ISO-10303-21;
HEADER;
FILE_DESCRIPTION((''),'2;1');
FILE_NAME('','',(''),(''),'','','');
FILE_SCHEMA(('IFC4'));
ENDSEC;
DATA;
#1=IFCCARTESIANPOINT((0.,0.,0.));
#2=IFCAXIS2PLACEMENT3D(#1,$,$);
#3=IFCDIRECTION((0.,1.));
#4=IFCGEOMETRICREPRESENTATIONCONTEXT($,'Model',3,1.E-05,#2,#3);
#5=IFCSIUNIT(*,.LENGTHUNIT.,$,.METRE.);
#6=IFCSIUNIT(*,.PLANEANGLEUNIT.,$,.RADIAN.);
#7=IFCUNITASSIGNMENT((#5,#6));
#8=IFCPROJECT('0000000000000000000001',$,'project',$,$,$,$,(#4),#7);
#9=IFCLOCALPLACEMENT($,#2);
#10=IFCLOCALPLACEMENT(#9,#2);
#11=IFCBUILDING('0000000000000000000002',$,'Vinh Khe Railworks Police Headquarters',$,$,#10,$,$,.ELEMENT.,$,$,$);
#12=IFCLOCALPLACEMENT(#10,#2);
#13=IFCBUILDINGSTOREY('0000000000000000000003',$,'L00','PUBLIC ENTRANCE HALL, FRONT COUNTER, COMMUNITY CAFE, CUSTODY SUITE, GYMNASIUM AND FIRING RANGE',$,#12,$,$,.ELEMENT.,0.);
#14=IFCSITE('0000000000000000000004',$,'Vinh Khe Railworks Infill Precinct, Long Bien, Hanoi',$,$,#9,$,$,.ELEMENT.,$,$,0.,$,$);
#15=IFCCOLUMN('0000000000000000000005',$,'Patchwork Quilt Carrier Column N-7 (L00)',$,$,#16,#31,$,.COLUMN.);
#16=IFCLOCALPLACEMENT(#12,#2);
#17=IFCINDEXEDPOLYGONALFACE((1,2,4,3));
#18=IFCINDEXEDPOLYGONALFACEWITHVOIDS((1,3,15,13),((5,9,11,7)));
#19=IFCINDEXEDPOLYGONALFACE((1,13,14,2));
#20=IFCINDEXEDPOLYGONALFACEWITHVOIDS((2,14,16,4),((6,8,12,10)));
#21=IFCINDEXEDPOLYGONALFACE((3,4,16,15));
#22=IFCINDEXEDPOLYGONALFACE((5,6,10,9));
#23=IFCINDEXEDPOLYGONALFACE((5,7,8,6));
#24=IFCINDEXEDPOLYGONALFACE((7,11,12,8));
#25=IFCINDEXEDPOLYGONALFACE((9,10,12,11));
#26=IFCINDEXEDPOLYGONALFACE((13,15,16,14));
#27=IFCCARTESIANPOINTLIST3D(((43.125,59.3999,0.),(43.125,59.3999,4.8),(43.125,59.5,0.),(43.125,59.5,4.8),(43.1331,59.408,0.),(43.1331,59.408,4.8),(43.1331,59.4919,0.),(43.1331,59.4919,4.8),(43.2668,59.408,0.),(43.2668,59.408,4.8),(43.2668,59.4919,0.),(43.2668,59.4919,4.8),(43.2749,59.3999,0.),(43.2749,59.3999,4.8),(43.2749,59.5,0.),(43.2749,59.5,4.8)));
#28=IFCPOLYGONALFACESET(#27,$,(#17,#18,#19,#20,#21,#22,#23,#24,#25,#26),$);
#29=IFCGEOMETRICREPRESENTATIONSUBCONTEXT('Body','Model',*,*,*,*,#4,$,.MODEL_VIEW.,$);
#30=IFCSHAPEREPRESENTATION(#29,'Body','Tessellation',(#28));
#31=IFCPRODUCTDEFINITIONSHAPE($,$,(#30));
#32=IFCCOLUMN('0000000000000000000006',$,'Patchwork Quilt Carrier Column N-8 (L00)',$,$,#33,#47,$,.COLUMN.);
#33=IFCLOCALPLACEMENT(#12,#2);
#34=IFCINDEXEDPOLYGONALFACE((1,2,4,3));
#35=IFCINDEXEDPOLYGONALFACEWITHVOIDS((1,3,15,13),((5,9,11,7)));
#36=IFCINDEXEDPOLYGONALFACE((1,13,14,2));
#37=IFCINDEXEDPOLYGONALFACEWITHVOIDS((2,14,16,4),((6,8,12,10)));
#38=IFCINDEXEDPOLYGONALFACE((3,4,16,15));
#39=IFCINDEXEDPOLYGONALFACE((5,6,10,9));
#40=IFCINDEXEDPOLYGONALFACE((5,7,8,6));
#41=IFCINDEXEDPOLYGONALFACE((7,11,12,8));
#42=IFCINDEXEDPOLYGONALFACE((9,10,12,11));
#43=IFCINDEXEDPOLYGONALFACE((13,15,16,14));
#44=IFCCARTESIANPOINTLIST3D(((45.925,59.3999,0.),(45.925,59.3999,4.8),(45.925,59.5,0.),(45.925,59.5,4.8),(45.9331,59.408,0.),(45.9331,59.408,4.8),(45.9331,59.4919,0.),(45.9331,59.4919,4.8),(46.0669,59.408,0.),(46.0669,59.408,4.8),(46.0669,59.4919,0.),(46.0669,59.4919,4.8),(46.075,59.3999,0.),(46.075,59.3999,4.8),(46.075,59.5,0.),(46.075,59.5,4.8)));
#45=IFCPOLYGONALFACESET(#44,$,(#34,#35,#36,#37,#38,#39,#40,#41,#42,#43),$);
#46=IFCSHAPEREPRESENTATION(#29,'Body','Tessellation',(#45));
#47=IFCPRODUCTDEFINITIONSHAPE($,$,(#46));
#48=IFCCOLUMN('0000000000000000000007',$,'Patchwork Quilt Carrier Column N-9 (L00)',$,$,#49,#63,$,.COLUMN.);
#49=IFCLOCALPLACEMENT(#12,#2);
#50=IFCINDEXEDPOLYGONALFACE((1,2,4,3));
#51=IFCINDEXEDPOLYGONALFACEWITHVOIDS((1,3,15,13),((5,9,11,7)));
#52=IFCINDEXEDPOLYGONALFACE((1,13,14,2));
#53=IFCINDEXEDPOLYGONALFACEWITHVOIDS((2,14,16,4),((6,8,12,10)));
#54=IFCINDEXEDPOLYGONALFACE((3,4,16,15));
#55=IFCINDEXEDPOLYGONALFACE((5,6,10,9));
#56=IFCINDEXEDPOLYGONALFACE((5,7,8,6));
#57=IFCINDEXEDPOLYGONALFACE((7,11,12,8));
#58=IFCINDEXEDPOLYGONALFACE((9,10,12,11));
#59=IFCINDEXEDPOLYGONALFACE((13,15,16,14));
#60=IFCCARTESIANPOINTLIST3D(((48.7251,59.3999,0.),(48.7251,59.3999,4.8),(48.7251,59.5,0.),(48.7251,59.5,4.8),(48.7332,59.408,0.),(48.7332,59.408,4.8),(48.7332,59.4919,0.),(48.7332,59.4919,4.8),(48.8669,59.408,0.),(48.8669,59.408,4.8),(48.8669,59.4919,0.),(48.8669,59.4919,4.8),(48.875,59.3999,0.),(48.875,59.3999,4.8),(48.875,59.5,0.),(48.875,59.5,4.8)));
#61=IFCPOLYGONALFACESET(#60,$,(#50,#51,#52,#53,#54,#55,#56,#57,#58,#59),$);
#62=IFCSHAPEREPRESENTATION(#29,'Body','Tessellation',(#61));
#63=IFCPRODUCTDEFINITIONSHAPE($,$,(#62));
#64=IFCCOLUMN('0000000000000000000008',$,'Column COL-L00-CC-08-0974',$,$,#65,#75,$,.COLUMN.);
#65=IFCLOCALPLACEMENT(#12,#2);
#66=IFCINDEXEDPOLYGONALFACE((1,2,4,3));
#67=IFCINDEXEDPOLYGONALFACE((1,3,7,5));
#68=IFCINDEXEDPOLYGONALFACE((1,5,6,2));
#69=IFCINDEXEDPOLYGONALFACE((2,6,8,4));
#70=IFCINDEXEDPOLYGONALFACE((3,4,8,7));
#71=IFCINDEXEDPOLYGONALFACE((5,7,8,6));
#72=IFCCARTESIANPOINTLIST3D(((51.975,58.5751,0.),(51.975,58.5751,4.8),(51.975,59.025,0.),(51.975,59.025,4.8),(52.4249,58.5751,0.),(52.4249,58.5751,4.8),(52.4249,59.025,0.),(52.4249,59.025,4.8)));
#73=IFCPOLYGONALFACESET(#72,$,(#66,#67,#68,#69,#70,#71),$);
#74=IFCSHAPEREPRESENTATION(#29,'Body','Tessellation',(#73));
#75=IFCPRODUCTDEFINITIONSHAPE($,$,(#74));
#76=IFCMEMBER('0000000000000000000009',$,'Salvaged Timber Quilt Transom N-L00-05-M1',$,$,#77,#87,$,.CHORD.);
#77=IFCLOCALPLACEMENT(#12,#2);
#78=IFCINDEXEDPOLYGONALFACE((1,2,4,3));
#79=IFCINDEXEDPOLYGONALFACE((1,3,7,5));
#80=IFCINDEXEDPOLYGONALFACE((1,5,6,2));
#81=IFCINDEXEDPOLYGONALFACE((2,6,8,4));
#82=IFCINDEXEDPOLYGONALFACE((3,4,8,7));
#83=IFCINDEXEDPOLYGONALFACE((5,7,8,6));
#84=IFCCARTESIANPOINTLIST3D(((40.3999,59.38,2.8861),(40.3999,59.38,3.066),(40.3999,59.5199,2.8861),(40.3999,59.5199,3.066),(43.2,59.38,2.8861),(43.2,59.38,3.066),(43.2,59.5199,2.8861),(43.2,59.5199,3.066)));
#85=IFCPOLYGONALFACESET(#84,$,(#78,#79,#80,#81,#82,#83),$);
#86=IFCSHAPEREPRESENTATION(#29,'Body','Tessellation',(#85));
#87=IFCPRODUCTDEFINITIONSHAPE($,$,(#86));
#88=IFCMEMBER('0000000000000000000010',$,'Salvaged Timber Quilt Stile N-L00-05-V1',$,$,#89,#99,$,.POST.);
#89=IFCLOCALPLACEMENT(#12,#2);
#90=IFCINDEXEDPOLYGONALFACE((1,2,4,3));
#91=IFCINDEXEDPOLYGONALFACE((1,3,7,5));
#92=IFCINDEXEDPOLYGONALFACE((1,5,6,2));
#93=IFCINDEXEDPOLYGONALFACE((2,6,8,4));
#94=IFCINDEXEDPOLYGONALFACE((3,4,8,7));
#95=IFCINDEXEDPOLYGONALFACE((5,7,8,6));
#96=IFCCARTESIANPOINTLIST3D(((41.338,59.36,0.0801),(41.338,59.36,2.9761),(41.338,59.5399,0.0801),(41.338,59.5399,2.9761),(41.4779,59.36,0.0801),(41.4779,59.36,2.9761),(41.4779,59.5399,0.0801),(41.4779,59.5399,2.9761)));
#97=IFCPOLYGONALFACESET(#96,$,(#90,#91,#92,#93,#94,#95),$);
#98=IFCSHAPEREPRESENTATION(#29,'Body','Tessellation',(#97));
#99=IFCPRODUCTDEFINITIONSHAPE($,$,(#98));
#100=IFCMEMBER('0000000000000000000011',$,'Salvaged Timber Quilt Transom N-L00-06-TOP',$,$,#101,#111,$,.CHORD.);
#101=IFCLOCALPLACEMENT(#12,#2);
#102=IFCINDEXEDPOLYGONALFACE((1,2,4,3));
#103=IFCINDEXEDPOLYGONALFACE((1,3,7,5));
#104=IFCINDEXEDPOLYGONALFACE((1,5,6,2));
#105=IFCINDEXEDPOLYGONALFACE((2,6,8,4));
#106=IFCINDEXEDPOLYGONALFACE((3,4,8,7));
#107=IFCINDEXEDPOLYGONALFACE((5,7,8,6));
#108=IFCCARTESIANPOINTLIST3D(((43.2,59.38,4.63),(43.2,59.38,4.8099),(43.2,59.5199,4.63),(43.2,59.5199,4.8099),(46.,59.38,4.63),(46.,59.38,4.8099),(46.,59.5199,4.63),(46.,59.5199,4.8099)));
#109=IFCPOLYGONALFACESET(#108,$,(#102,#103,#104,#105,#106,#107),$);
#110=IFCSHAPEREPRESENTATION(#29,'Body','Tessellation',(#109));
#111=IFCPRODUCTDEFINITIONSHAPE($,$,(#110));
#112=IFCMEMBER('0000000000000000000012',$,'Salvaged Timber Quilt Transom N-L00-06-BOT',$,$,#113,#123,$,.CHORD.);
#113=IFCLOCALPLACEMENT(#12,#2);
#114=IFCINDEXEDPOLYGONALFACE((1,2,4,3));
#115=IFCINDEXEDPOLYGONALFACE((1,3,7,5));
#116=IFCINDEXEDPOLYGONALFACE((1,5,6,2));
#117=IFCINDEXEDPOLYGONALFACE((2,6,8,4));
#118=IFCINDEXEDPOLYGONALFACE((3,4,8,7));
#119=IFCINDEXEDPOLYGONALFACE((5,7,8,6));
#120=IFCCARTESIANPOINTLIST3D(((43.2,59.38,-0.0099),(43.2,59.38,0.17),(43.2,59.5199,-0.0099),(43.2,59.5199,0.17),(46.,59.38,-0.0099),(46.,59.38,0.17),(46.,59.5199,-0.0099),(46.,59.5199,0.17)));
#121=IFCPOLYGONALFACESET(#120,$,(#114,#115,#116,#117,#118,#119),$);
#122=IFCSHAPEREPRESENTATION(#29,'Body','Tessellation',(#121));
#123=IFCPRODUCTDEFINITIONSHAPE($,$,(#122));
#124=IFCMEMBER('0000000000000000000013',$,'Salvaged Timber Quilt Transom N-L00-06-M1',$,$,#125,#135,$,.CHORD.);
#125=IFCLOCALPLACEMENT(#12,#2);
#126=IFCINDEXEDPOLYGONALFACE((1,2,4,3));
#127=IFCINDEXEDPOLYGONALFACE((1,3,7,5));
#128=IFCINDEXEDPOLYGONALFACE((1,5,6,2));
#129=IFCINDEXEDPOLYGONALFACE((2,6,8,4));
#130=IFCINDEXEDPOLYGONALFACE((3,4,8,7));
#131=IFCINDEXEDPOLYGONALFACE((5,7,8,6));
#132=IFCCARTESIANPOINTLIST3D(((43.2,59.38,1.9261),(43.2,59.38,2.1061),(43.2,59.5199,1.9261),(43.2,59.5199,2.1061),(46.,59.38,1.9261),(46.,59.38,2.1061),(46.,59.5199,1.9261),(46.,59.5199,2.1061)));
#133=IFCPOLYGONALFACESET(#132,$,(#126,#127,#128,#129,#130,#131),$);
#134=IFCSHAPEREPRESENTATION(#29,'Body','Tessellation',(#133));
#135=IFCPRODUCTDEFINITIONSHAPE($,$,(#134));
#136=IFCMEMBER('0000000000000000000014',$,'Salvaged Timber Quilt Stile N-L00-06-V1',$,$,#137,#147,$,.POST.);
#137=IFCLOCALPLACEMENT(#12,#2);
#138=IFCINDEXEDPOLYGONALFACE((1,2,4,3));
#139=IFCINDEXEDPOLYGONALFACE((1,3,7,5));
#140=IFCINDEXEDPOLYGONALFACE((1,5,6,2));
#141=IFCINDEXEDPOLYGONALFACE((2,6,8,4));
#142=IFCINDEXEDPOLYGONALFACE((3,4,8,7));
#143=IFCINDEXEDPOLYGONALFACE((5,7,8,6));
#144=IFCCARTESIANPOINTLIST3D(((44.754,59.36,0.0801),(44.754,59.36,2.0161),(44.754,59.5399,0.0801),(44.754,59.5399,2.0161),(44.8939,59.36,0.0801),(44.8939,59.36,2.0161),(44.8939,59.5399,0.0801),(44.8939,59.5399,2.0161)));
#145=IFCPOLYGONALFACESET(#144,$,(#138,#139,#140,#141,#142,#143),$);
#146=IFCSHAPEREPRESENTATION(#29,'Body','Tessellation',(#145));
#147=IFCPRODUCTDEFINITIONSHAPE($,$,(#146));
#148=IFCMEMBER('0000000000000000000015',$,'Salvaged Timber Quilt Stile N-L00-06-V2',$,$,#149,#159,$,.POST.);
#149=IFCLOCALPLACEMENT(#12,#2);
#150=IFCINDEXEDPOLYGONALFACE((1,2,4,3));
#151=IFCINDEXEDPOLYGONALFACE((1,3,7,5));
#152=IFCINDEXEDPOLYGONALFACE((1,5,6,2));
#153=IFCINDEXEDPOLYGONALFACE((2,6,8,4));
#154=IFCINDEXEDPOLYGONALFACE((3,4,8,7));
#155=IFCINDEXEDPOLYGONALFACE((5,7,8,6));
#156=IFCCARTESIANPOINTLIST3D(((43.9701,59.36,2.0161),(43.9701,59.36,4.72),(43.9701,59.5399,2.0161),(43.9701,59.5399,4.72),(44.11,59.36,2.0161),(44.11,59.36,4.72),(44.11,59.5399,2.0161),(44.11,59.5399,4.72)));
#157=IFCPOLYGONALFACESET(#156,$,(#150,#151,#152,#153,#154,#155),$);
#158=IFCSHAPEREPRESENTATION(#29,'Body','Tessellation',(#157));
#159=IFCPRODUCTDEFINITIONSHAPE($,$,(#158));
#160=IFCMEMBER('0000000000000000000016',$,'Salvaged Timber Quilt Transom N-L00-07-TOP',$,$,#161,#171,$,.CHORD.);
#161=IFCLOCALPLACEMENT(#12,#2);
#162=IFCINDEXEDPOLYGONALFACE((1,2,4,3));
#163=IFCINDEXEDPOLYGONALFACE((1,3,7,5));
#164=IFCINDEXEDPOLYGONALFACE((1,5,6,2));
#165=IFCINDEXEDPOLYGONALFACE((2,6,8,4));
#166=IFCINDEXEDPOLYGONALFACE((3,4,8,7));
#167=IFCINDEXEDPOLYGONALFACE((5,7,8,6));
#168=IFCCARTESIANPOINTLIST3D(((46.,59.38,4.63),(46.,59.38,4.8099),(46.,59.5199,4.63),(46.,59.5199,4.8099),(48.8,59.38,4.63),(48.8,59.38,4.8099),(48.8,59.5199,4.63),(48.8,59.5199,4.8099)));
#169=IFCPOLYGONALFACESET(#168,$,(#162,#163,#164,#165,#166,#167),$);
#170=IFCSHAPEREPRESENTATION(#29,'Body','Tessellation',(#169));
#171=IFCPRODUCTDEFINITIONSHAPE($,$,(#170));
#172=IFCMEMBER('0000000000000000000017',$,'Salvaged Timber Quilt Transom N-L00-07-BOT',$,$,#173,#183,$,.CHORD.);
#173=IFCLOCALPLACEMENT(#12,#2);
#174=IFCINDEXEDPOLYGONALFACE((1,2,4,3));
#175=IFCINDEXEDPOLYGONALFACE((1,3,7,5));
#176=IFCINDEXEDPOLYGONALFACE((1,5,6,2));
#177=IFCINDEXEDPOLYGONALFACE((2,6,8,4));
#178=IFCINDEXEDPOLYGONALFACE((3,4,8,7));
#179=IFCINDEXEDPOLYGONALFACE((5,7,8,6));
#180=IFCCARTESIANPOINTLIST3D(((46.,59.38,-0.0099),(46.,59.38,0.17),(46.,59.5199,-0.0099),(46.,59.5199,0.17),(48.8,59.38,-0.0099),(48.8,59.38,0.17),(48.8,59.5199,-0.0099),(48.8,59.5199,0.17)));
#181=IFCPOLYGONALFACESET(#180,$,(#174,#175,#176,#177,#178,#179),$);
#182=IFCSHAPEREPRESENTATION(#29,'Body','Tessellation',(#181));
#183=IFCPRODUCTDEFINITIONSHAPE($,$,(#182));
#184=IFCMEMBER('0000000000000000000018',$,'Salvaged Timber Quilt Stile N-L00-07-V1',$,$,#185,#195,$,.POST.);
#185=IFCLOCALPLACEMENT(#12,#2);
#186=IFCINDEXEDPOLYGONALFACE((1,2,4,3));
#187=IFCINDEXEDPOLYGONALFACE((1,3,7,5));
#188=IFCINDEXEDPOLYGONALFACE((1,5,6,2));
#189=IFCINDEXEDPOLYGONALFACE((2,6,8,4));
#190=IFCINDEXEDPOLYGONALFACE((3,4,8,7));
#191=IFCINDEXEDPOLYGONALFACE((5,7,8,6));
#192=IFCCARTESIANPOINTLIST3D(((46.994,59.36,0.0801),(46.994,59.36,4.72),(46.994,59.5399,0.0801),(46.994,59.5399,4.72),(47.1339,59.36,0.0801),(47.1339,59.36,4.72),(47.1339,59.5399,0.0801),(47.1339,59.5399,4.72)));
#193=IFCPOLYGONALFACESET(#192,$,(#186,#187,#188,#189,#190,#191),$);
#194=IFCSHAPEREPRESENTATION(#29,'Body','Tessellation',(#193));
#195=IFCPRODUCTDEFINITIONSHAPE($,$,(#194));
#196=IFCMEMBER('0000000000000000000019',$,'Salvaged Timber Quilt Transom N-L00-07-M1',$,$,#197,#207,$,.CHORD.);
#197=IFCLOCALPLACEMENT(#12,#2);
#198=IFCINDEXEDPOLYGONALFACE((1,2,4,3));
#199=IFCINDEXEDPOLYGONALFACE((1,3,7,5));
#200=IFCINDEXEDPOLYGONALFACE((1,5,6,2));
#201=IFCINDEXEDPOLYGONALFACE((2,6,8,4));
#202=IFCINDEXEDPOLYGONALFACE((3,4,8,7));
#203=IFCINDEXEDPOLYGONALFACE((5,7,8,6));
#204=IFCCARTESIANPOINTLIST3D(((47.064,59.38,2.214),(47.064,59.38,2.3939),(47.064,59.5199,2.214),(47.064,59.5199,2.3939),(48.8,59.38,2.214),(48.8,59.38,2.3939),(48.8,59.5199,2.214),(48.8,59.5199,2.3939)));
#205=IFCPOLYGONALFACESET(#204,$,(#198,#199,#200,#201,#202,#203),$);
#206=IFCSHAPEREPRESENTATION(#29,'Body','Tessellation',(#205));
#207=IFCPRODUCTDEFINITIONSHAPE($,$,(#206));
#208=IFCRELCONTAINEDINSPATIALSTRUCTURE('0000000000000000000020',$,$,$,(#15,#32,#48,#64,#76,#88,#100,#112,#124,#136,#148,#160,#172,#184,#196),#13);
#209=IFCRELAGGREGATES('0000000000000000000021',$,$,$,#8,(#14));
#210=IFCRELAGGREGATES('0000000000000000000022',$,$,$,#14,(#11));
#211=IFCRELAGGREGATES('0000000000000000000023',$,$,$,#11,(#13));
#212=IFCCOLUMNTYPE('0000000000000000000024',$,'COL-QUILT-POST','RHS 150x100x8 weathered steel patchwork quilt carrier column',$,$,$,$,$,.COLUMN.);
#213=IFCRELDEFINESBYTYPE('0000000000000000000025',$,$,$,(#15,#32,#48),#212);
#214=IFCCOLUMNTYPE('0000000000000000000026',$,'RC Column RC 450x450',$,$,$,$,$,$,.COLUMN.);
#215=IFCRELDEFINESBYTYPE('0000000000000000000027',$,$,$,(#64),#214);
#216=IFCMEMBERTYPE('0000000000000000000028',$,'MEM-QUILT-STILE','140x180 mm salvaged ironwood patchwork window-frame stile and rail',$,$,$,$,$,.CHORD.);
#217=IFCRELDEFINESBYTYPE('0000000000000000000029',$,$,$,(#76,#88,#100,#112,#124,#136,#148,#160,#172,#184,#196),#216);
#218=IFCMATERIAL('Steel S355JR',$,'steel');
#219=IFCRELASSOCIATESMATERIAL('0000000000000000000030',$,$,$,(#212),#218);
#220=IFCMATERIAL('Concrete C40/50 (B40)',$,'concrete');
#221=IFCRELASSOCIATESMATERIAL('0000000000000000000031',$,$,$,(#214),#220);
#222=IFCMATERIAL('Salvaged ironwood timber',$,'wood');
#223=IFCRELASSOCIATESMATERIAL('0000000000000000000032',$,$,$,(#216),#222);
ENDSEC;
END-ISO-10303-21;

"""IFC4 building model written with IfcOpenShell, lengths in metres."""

from ifc_helpers import new_model, si_unit, direction, frame, origin, origin_2d, place, context, subcontext, project, spatial, rectangle, hollow_rectangle, extrude, material, material_profile, profile_set, type_object, element, save


model = new_model("IFC4")

# Units and contexts
model_context = context("Model", 3, precision=1e-05, world=origin(), true_north=direction((0.0, 1.0)))
body_context = subcontext(model_context, "Body", "Model", "MODEL_VIEW")
ifc_project = project(units=[si_unit("LENGTHUNIT", "METRE"), si_unit("PLANEANGLEUNIT", "RADIAN")], contexts=[model_context])

# Site, building, storey
site_placement = place(None, origin())
site = spatial("IfcSite", under=ifc_project, at=site_placement, Name="Vinh Khe Railworks Infill Precinct, Long Bien, Hanoi", CompositionType="ELEMENT", RefElevation=0.0)
building_placement = place(site_placement, origin())
building = spatial("IfcBuilding", under=site, at=building_placement, Name="Vinh Khe Railworks Police Headquarters", CompositionType="ELEMENT")
storey_placement = place(building_placement, origin())
storey = spatial("IfcBuildingStorey", under=building, at=storey_placement, Name="L00", Description="PUBLIC ENTRANCE HALL, FRONT COUNTER, COMMUNITY CAFE, CUSTODY SUITE, GYMNASIUM AND FIRING RANGE", CompositionType="ELEMENT", Elevation=0.0)

# Columns
ifc_material_1 = material(Name="Steel S355JR", Category="steel")
ifc_material_profile_1 = material_profile(ifc_material_1, hollow_rectangle(XDim=0.1499, YDim=0.1001, WallThickness=0.0081, at=origin_2d()), Name="RHS 150x100x8")
ifc_profile_set_1 = profile_set([ifc_material_profile_1], Name="Steel S355JR")
column_type_1 = type_object("IfcColumnType", Name="COL-QUILT-POST", Description="RHS 150x100x8 weathered steel patchwork quilt carrier column", PredefinedType="COLUMN", material=ifc_profile_set_1)
for number, where, z_axis, x_axis, name in (
    (1, (43.2, 59.45, 0.0), (0.0, 0.0, 1.0), (1.0, 0.0, 0.0), "Patchwork Quilt Carrier Column N-7 (L00)"),
    (2, (46.0, 59.45, 0.0), (0.0, 0.0, 1.0), (1.0, 0.0, 0.0), "Patchwork Quilt Carrier Column N-8 (L00)"),
    (3, (48.8, 59.45, 0.0), (0.0, 0.0, 1.0), (1.0, 0.0, 0.0), "Patchwork Quilt Carrier Column N-9 (L00)"),
):
    element("IfcColumn", number, at=place(storey_placement, frame(where, z_axis=z_axis, x_axis=x_axis)), inside=storey, type_object=column_type_1, Name=name, PredefinedType="COLUMN", context=body_context, shape_type="SweptSolid", body=[
        extrude(hollow_rectangle(XDim=0.1499, YDim=0.1001, WallThickness=0.0081, at=origin_2d()), origin(), (0.0, 0.0, 1.0), 4.8),
    ])
ifc_material_2 = material(Name="Concrete C40/50 (B40)", Category="concrete")
ifc_material_profile_2 = material_profile(ifc_material_2, rectangle(XDim=0.45, YDim=0.45, at=origin_2d()), Name="RC 450x450")
ifc_profile_set_2 = profile_set([ifc_material_profile_2], Name="Concrete C40/50 (B40)")
column_type_2 = type_object("IfcColumnType", Name="RC Column RC 450x450", PredefinedType="COLUMN", material=ifc_profile_set_2)
column_placement = place(storey_placement, frame((52.2, 58.8, 0.0), z_axis=(0.0, 0.0, 1.0), x_axis=(1.0, 0.0, 0.0)))
element("IfcColumn", 4, at=column_placement, inside=storey, type_object=column_type_2, Name="Column COL-L00-CC-08-0974", PredefinedType="COLUMN", context=body_context, shape_type="SweptSolid", body=[
    extrude(rectangle(XDim=0.45, YDim=0.45, at=origin_2d()), origin(), (0.0, 0.0, 1.0), 4.8),
])

# Members
ifc_material_3 = material(Name="Salvaged ironwood timber", Category="wood")
ifc_material_profile_3 = material_profile(ifc_material_3, rectangle(XDim=0.1399, YDim=0.1799, at=origin_2d()), Name="TIMBER 140x180")
ifc_profile_set_3 = profile_set([ifc_material_profile_3], Name="Salvaged ironwood timber")
member_type_1 = type_object("IfcMemberType", Name="MEM-QUILT-STILE", Description="140x180 mm salvaged ironwood patchwork window-frame stile and rail", PredefinedType="CHORD", material=ifc_profile_set_3)
member_1_placement = place(storey_placement, frame((40.3999, 59.45, 2.9761), z_axis=(1.0, 0.0, 0.0), x_axis=(0.0, 1.0, 0.0)))
element("IfcMember", 5, at=member_1_placement, inside=storey, type_object=member_type_1, Name="Salvaged Timber Quilt Transom N-L00-05-M1", PredefinedType="CHORD", context=body_context, shape_type="SweptSolid", body=[
    extrude(rectangle(XDim=0.1399, YDim=0.1799, at=origin_2d()), origin(), (0.0, 0.0, 1.0), 2.8),
])
member_2_placement = place(storey_placement, frame((41.408, 59.45, 0.0801), z_axis=(0.0, 0.0, 1.0), x_axis=(1.0, 0.0, 0.0)))
element("IfcMember", 6, at=member_2_placement, inside=storey, type_object=member_type_1, Name="Salvaged Timber Quilt Stile N-L00-05-V1", PredefinedType="POST", context=body_context, shape_type="SweptSolid", body=[
    extrude(rectangle(XDim=0.1399, YDim=0.1799, at=origin_2d()), origin(), (0.0, 0.0, 1.0), 2.896),
])
for number, where, z_axis, x_axis, name in (
    (7, (43.2, 59.45, 4.72), (1.0, 0.0, 0.0), (0.0, 1.0, 0.0), "Salvaged Timber Quilt Transom N-L00-06-TOP"),
    (8, (43.2, 59.45, 0.0801), (1.0, 0.0, 0.0), (0.0, 1.0, 0.0), "Salvaged Timber Quilt Transom N-L00-06-BOT"),
    (9, (43.2, 59.45, 2.0161), (1.0, 0.0, 0.0), (0.0, 1.0, 0.0), "Salvaged Timber Quilt Transom N-L00-06-M1"),
):
    element("IfcMember", number, at=place(storey_placement, frame(where, z_axis=z_axis, x_axis=x_axis)), inside=storey, type_object=member_type_1, Name=name, PredefinedType="CHORD", context=body_context, shape_type="SweptSolid", body=[
        extrude(rectangle(XDim=0.1399, YDim=0.1799, at=origin_2d()), origin(), (0.0, 0.0, 1.0), 2.8),
    ])
member_3_placement = place(storey_placement, frame((44.824, 59.45, 0.0801), z_axis=(0.0, 0.0, 1.0), x_axis=(1.0, 0.0, 0.0)))
element("IfcMember", 10, at=member_3_placement, inside=storey, type_object=member_type_1, Name="Salvaged Timber Quilt Stile N-L00-06-V1", PredefinedType="POST", context=body_context, shape_type="SweptSolid", body=[
    extrude(rectangle(XDim=0.1399, YDim=0.1799, at=origin_2d()), origin(), (0.0, 0.0, 1.0), 1.936),
])
member_4_placement = place(storey_placement, frame((44.04, 59.45, 2.0161), z_axis=(0.0, 0.0, 1.0), x_axis=(1.0, 0.0, 0.0)))
element("IfcMember", 11, at=member_4_placement, inside=storey, type_object=member_type_1, Name="Salvaged Timber Quilt Stile N-L00-06-V2", PredefinedType="POST", context=body_context, shape_type="SweptSolid", body=[
    extrude(rectangle(XDim=0.1399, YDim=0.1799, at=origin_2d()), origin(), (0.0, 0.0, 1.0), 2.7039),
])
for number, where, z_axis, x_axis, name in (
    (12, (46.0, 59.45, 4.72), (1.0, 0.0, 0.0), (0.0, 1.0, 0.0), "Salvaged Timber Quilt Transom N-L00-07-TOP"),
    (13, (46.0, 59.45, 0.0801), (1.0, 0.0, 0.0), (0.0, 1.0, 0.0), "Salvaged Timber Quilt Transom N-L00-07-BOT"),
):
    element("IfcMember", number, at=place(storey_placement, frame(where, z_axis=z_axis, x_axis=x_axis)), inside=storey, type_object=member_type_1, Name=name, PredefinedType="CHORD", context=body_context, shape_type="SweptSolid", body=[
        extrude(rectangle(XDim=0.1399, YDim=0.1799, at=origin_2d()), origin(), (0.0, 0.0, 1.0), 2.8),
    ])
member_5_placement = place(storey_placement, frame((47.064, 59.45, 0.0801), z_axis=(0.0, 0.0, 1.0), x_axis=(1.0, 0.0, 0.0)))
element("IfcMember", 14, at=member_5_placement, inside=storey, type_object=member_type_1, Name="Salvaged Timber Quilt Stile N-L00-07-V1", PredefinedType="POST", context=body_context, shape_type="SweptSolid", body=[
    extrude(rectangle(XDim=0.1399, YDim=0.1799, at=origin_2d()), origin(), (0.0, 0.0, 1.0), 4.6399),
])
member_6_placement = place(storey_placement, frame((47.064, 59.45, 2.304), z_axis=(1.0, 0.0, 0.0), x_axis=(0.0, 1.0, 0.0)))
element("IfcMember", 15, at=member_6_placement, inside=storey, type_object=member_type_1, Name="Salvaged Timber Quilt Transom N-L00-07-M1", PredefinedType="CHORD", context=body_context, shape_type="SweptSolid", body=[
    extrude(rectangle(XDim=0.1399, YDim=0.1799, at=origin_2d()), origin(), (0.0, 0.0, 1.0), 1.7361),
])

save(model, "model.ifc")
